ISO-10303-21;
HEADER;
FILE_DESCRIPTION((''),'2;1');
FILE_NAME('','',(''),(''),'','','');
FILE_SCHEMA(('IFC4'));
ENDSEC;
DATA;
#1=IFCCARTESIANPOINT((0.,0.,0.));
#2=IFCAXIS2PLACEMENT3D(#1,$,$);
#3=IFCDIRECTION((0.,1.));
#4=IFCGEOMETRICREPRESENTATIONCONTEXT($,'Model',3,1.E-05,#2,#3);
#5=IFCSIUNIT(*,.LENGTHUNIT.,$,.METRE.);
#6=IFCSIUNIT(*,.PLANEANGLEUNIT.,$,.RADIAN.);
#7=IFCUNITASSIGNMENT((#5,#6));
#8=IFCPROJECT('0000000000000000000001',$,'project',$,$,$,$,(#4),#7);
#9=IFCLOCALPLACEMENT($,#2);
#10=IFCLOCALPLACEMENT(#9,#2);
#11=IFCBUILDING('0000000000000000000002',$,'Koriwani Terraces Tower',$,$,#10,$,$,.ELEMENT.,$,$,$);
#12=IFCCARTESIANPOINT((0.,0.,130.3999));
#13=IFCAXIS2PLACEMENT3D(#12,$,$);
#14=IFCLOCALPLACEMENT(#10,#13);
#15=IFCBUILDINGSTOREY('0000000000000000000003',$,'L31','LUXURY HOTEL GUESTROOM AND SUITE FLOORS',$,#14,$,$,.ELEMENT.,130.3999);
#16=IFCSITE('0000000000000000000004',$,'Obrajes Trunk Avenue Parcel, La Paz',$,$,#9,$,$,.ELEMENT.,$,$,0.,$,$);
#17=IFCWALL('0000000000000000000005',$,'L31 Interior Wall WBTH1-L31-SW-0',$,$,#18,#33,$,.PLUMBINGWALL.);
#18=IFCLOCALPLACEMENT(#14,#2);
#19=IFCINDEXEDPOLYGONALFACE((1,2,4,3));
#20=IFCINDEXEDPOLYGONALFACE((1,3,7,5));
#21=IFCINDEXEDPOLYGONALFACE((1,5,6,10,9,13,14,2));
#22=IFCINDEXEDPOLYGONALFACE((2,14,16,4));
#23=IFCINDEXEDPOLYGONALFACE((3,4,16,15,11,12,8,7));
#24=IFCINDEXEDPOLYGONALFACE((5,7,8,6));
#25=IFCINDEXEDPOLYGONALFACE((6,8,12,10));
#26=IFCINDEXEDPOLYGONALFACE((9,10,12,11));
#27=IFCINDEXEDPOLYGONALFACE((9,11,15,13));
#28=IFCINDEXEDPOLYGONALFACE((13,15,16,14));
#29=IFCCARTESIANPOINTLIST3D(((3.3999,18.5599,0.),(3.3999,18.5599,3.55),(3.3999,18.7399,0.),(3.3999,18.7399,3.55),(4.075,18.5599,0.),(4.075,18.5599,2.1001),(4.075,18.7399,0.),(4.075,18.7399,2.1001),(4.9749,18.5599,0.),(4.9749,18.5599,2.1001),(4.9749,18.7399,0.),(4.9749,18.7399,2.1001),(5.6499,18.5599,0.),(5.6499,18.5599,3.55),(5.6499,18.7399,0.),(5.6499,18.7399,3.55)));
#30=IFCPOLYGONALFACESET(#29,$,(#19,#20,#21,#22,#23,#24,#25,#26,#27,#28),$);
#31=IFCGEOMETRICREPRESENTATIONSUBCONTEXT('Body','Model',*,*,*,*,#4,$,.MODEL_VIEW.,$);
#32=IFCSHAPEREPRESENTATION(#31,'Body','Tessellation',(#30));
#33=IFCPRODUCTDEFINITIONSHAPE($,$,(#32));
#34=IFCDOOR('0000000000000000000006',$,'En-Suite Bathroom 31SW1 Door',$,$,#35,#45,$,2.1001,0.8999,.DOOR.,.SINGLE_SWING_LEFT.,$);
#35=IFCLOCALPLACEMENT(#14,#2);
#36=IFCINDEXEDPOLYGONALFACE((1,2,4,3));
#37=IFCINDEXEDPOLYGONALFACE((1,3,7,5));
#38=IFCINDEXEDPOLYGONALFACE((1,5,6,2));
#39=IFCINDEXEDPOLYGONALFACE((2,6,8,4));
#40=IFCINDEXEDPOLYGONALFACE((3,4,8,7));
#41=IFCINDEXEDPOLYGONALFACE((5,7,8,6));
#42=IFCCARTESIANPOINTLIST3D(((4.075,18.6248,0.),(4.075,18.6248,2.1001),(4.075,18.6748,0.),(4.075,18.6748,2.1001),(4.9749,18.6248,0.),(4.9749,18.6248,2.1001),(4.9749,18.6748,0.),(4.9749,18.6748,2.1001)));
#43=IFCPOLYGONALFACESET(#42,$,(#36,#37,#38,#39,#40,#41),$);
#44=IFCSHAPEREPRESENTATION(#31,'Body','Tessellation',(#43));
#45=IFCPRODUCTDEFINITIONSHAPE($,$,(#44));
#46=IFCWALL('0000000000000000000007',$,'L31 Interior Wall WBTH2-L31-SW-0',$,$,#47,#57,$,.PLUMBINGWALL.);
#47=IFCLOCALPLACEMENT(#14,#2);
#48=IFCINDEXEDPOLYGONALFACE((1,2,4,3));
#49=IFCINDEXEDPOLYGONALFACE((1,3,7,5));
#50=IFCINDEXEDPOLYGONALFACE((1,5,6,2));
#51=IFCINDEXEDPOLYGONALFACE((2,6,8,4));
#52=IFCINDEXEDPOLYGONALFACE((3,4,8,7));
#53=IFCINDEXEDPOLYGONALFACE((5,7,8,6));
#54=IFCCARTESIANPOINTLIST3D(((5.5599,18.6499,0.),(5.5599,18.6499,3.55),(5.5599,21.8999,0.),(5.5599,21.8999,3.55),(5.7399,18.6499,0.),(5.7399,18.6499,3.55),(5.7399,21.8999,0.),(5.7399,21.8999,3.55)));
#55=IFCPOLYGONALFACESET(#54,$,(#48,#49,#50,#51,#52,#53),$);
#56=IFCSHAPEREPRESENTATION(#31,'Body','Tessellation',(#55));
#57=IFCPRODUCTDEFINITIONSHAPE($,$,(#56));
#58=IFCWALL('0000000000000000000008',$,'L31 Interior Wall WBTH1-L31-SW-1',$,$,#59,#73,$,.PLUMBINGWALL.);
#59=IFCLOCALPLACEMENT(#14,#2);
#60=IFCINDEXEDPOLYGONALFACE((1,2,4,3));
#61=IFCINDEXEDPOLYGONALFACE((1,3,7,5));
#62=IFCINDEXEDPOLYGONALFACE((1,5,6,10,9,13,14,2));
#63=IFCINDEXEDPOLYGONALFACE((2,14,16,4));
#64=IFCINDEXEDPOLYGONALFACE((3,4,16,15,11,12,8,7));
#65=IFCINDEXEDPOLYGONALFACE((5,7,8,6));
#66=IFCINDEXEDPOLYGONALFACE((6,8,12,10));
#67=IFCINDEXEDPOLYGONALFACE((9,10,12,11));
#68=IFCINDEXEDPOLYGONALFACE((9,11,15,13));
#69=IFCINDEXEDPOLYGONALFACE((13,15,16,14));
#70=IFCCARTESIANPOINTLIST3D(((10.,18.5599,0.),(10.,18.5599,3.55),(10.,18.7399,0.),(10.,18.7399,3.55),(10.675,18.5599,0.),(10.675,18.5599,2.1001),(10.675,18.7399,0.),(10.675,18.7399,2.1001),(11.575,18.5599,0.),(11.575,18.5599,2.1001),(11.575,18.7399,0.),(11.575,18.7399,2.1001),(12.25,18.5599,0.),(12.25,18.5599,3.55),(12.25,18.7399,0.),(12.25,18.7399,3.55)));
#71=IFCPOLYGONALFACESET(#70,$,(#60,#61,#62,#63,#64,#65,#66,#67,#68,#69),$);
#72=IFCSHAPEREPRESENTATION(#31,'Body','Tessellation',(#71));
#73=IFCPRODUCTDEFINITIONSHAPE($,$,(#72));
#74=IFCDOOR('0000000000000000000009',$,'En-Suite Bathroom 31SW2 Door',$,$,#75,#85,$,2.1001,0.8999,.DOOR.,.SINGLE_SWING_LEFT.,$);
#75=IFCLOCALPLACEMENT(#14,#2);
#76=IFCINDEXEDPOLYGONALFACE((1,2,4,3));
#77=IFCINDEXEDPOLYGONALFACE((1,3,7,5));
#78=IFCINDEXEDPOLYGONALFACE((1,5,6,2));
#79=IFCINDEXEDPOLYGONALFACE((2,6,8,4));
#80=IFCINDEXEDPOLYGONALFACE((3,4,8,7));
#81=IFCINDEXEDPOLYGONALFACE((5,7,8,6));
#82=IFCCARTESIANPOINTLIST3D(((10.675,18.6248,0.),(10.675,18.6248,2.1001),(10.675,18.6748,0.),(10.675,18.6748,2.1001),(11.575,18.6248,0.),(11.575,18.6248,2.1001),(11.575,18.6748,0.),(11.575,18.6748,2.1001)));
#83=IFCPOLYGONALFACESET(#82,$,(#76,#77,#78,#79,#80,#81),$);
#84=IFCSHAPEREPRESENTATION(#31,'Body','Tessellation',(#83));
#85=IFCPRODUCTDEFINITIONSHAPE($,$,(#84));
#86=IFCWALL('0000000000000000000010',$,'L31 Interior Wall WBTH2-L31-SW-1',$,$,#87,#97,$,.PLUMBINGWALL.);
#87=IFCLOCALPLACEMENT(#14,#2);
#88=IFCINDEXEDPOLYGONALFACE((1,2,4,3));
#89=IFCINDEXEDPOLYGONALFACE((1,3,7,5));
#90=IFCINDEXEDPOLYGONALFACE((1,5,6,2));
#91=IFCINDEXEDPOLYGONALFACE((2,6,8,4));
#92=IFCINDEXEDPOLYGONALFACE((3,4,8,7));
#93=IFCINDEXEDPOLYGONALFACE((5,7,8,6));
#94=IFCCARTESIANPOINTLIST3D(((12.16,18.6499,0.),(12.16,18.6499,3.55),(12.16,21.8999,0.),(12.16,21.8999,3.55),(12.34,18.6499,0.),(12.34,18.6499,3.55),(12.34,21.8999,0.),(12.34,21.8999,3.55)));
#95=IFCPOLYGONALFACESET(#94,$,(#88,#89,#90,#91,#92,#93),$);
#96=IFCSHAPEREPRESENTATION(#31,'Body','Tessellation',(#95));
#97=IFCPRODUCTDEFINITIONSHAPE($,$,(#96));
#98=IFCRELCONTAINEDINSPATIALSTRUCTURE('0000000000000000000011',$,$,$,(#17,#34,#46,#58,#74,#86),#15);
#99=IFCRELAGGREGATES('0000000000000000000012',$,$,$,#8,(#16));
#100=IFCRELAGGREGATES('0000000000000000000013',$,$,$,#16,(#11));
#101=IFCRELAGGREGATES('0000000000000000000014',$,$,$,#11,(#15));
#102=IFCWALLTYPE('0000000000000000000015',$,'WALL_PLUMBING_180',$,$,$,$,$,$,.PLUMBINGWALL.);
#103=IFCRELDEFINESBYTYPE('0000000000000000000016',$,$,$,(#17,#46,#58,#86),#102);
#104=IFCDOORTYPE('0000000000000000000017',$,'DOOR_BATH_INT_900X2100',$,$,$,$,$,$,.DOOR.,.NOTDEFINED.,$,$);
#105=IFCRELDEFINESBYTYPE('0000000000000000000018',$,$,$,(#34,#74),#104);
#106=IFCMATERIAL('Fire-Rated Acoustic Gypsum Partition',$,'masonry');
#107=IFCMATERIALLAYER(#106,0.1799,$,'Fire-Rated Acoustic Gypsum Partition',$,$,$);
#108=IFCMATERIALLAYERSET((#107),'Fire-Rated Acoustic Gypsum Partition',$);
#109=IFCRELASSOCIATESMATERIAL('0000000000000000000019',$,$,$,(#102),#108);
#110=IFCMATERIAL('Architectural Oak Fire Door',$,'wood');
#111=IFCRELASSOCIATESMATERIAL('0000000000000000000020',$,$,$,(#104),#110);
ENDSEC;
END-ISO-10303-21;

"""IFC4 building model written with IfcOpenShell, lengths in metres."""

from ifc_helpers import new_model, si_unit, direction, frame, frame_2d, origin, place, context, subcontext, project, spatial, rectangle, extrude, material, layer, layer_set, type_object, element, fill, save


model = new_model("IFC4")

# Units and contexts
model_context = context("Model", 3, precision=1e-05, world=origin(), true_north=direction((0.0, 1.0)))
body_context = subcontext(model_context, "Body", "Model", "MODEL_VIEW")
ifc_project = project(units=[si_unit("LENGTHUNIT", "METRE"), si_unit("PLANEANGLEUNIT", "RADIAN")], contexts=[model_context])

# Site, building, storey
site_placement = place(None, origin())
site = spatial("IfcSite", under=ifc_project, at=site_placement, Name="Obrajes Trunk Avenue Parcel, La Paz", CompositionType="ELEMENT", RefElevation=0.0)
building_placement = place(site_placement, origin())
building = spatial("IfcBuilding", under=site, at=building_placement, Name="Koriwani Terraces Tower", CompositionType="ELEMENT")
storey_placement = place(building_placement, frame((0.0, 0.0, 130.3999)))
storey = spatial("IfcBuildingStorey", under=building, at=storey_placement, Name="L31", Description="LUXURY HOTEL GUESTROOM AND SUITE FLOORS", CompositionType="ELEMENT", Elevation=130.3999)

# Shared definitions
ifc_material_1 = material(Name="Architectural Oak Fire Door", Category="wood")

# Wall, opening, door
ifc_material_2 = material(Name="Fire-Rated Acoustic Gypsum Partition", Category="masonry")
ifc_layer_1 = layer(ifc_material_2, 0.1799, Name="Fire-Rated Acoustic Gypsum Partition")
ifc_layer_set_1 = layer_set([ifc_layer_1], Name="Fire-Rated Acoustic Gypsum Partition")
wall_type_1 = type_object("IfcWallType", Name="WALL_PLUMBING_180", PredefinedType="PLUMBINGWALL", material=ifc_layer_set_1)
wall_1_placement = place(storey_placement, frame((3.3999, 18.6499, 0.0), z_axis=(0.0, 0.0, 1.0), x_axis=(1.0, 0.0, 0.0)))
wall_1 = element("IfcWall", 1, at=wall_1_placement, inside=storey, type_object=wall_type_1, Name="L31 Interior Wall WBTH1-L31-SW-0", PredefinedType="PLUMBINGWALL", context=body_context, shape_type="SweptSolid", body=[
    extrude(rectangle(XDim=2.25, YDim=0.1799, at=frame_2d((1.125, 0.0))), origin(), (0.0, 0.0, 1.0), 3.55),
])
opening_1_placement = place(wall_1_placement, frame((0.675, 0.0, 0.0)))
opening_1 = element("IfcOpeningElement", 2, at=opening_1_placement, cuts=wall_1, PredefinedType="OPENING", context=body_context, shape_type="SweptSolid", body=[
    extrude(rectangle(XDim=0.8999, YDim=2.1001, at=frame_2d((0.45, 1.05))), frame((0.0, 0.1001, 0.0), z_axis=(0.0, -1.0, 0.0), x_axis=(1.0, 0.0, 0.0)), (0.0, 0.0, 1.0), 0.2),
])
door_type_1 = type_object("IfcDoorType", Name="DOOR_BATH_INT_900X2100", OperationType="NOTDEFINED", PredefinedType="DOOR", material=ifc_material_1)
door_1_placement = place(opening_1_placement, origin())
door_1 = element("IfcDoor", 3, at=door_1_placement, inside=storey, type_object=door_type_1, Name="En-Suite Bathroom 31SW1 Door", OperationType="SINGLE_SWING_LEFT", OverallHeight=2.1001, OverallWidth=0.8999, PredefinedType="DOOR", context=body_context, shape_type="SweptSolid", body=[
    extrude(rectangle(XDim=0.8999, YDim=2.1001, at=frame_2d((0.45, 1.05))), frame((0.0, 0.0249, 0.0), z_axis=(0.0, -1.0, 0.0), x_axis=(1.0, 0.0, 0.0)), (0.0, 0.0, 1.0), 0.05),
])
fill(opening_1, door_1)

# Wall
wall_2_placement = place(storey_placement, frame((5.6499, 18.6499, 0.0), z_axis=(0.0, 0.0, 1.0), x_axis=(0.0, 1.0, 0.0)))
element("IfcWall", 4, at=wall_2_placement, inside=storey, type_object=wall_type_1, Name="L31 Interior Wall WBTH2-L31-SW-0", PredefinedType="PLUMBINGWALL", context=body_context, shape_type="SweptSolid", body=[
    extrude(rectangle(XDim=3.25, YDim=0.1799, at=frame_2d((1.625, 0.0))), origin(), (0.0, 0.0, 1.0), 3.55),
])

# Wall, opening, door
wall_3_placement = place(storey_placement, frame((10.0, 18.6499, 0.0), z_axis=(0.0, 0.0, 1.0), x_axis=(1.0, 0.0, 0.0)))
wall_3 = element("IfcWall", 5, at=wall_3_placement, inside=storey, type_object=wall_type_1, Name="L31 Interior Wall WBTH1-L31-SW-1", PredefinedType="PLUMBINGWALL", context=body_context, shape_type="SweptSolid", body=[
    extrude(rectangle(XDim=2.25, YDim=0.1799, at=frame_2d((1.125, 0.0))), origin(), (0.0, 0.0, 1.0), 3.55),
])
opening_2_placement = place(wall_3_placement, frame((0.675, 0.0, 0.0)))
opening_2 = element("IfcOpeningElement", 6, at=opening_2_placement, cuts=wall_3, PredefinedType="OPENING", context=body_context, shape_type="SweptSolid", body=[
    extrude(rectangle(XDim=0.8999, YDim=2.1001, at=frame_2d((0.45, 1.05))), frame((0.0, 0.1001, 0.0), z_axis=(0.0, -1.0, 0.0), x_axis=(1.0, 0.0, 0.0)), (0.0, 0.0, 1.0), 0.2),
])
door_2_placement = place(opening_2_placement, origin())
door_2 = element("IfcDoor", 7, at=door_2_placement, inside=storey, type_object=door_type_1, Name="En-Suite Bathroom 31SW2 Door", OperationType="SINGLE_SWING_LEFT", OverallHeight=2.1001, OverallWidth=0.8999, PredefinedType="DOOR", context=body_context, shape_type="SweptSolid", body=[
    extrude(rectangle(XDim=0.8999, YDim=2.1001, at=frame_2d((0.45, 1.05))), frame((0.0, 0.0249, 0.0), z_axis=(0.0, -1.0, 0.0), x_axis=(1.0, 0.0, 0.0)), (0.0, 0.0, 1.0), 0.05),
])
fill(opening_2, door_2)

# Wall
wall_4_placement = place(storey_placement, frame((12.25, 18.6499, 0.0), z_axis=(0.0, 0.0, 1.0), x_axis=(0.0, 1.0, 0.0)))
element("IfcWall", 8, at=wall_4_placement, inside=storey, type_object=wall_type_1, Name="L31 Interior Wall WBTH2-L31-SW-1", PredefinedType="PLUMBINGWALL", context=body_context, shape_type="SweptSolid", body=[
    extrude(rectangle(XDim=3.25, YDim=0.1799, at=frame_2d((1.625, 0.0))), origin(), (0.0, 0.0, 1.0), 3.55),
])

save(model, "model.ifc")
